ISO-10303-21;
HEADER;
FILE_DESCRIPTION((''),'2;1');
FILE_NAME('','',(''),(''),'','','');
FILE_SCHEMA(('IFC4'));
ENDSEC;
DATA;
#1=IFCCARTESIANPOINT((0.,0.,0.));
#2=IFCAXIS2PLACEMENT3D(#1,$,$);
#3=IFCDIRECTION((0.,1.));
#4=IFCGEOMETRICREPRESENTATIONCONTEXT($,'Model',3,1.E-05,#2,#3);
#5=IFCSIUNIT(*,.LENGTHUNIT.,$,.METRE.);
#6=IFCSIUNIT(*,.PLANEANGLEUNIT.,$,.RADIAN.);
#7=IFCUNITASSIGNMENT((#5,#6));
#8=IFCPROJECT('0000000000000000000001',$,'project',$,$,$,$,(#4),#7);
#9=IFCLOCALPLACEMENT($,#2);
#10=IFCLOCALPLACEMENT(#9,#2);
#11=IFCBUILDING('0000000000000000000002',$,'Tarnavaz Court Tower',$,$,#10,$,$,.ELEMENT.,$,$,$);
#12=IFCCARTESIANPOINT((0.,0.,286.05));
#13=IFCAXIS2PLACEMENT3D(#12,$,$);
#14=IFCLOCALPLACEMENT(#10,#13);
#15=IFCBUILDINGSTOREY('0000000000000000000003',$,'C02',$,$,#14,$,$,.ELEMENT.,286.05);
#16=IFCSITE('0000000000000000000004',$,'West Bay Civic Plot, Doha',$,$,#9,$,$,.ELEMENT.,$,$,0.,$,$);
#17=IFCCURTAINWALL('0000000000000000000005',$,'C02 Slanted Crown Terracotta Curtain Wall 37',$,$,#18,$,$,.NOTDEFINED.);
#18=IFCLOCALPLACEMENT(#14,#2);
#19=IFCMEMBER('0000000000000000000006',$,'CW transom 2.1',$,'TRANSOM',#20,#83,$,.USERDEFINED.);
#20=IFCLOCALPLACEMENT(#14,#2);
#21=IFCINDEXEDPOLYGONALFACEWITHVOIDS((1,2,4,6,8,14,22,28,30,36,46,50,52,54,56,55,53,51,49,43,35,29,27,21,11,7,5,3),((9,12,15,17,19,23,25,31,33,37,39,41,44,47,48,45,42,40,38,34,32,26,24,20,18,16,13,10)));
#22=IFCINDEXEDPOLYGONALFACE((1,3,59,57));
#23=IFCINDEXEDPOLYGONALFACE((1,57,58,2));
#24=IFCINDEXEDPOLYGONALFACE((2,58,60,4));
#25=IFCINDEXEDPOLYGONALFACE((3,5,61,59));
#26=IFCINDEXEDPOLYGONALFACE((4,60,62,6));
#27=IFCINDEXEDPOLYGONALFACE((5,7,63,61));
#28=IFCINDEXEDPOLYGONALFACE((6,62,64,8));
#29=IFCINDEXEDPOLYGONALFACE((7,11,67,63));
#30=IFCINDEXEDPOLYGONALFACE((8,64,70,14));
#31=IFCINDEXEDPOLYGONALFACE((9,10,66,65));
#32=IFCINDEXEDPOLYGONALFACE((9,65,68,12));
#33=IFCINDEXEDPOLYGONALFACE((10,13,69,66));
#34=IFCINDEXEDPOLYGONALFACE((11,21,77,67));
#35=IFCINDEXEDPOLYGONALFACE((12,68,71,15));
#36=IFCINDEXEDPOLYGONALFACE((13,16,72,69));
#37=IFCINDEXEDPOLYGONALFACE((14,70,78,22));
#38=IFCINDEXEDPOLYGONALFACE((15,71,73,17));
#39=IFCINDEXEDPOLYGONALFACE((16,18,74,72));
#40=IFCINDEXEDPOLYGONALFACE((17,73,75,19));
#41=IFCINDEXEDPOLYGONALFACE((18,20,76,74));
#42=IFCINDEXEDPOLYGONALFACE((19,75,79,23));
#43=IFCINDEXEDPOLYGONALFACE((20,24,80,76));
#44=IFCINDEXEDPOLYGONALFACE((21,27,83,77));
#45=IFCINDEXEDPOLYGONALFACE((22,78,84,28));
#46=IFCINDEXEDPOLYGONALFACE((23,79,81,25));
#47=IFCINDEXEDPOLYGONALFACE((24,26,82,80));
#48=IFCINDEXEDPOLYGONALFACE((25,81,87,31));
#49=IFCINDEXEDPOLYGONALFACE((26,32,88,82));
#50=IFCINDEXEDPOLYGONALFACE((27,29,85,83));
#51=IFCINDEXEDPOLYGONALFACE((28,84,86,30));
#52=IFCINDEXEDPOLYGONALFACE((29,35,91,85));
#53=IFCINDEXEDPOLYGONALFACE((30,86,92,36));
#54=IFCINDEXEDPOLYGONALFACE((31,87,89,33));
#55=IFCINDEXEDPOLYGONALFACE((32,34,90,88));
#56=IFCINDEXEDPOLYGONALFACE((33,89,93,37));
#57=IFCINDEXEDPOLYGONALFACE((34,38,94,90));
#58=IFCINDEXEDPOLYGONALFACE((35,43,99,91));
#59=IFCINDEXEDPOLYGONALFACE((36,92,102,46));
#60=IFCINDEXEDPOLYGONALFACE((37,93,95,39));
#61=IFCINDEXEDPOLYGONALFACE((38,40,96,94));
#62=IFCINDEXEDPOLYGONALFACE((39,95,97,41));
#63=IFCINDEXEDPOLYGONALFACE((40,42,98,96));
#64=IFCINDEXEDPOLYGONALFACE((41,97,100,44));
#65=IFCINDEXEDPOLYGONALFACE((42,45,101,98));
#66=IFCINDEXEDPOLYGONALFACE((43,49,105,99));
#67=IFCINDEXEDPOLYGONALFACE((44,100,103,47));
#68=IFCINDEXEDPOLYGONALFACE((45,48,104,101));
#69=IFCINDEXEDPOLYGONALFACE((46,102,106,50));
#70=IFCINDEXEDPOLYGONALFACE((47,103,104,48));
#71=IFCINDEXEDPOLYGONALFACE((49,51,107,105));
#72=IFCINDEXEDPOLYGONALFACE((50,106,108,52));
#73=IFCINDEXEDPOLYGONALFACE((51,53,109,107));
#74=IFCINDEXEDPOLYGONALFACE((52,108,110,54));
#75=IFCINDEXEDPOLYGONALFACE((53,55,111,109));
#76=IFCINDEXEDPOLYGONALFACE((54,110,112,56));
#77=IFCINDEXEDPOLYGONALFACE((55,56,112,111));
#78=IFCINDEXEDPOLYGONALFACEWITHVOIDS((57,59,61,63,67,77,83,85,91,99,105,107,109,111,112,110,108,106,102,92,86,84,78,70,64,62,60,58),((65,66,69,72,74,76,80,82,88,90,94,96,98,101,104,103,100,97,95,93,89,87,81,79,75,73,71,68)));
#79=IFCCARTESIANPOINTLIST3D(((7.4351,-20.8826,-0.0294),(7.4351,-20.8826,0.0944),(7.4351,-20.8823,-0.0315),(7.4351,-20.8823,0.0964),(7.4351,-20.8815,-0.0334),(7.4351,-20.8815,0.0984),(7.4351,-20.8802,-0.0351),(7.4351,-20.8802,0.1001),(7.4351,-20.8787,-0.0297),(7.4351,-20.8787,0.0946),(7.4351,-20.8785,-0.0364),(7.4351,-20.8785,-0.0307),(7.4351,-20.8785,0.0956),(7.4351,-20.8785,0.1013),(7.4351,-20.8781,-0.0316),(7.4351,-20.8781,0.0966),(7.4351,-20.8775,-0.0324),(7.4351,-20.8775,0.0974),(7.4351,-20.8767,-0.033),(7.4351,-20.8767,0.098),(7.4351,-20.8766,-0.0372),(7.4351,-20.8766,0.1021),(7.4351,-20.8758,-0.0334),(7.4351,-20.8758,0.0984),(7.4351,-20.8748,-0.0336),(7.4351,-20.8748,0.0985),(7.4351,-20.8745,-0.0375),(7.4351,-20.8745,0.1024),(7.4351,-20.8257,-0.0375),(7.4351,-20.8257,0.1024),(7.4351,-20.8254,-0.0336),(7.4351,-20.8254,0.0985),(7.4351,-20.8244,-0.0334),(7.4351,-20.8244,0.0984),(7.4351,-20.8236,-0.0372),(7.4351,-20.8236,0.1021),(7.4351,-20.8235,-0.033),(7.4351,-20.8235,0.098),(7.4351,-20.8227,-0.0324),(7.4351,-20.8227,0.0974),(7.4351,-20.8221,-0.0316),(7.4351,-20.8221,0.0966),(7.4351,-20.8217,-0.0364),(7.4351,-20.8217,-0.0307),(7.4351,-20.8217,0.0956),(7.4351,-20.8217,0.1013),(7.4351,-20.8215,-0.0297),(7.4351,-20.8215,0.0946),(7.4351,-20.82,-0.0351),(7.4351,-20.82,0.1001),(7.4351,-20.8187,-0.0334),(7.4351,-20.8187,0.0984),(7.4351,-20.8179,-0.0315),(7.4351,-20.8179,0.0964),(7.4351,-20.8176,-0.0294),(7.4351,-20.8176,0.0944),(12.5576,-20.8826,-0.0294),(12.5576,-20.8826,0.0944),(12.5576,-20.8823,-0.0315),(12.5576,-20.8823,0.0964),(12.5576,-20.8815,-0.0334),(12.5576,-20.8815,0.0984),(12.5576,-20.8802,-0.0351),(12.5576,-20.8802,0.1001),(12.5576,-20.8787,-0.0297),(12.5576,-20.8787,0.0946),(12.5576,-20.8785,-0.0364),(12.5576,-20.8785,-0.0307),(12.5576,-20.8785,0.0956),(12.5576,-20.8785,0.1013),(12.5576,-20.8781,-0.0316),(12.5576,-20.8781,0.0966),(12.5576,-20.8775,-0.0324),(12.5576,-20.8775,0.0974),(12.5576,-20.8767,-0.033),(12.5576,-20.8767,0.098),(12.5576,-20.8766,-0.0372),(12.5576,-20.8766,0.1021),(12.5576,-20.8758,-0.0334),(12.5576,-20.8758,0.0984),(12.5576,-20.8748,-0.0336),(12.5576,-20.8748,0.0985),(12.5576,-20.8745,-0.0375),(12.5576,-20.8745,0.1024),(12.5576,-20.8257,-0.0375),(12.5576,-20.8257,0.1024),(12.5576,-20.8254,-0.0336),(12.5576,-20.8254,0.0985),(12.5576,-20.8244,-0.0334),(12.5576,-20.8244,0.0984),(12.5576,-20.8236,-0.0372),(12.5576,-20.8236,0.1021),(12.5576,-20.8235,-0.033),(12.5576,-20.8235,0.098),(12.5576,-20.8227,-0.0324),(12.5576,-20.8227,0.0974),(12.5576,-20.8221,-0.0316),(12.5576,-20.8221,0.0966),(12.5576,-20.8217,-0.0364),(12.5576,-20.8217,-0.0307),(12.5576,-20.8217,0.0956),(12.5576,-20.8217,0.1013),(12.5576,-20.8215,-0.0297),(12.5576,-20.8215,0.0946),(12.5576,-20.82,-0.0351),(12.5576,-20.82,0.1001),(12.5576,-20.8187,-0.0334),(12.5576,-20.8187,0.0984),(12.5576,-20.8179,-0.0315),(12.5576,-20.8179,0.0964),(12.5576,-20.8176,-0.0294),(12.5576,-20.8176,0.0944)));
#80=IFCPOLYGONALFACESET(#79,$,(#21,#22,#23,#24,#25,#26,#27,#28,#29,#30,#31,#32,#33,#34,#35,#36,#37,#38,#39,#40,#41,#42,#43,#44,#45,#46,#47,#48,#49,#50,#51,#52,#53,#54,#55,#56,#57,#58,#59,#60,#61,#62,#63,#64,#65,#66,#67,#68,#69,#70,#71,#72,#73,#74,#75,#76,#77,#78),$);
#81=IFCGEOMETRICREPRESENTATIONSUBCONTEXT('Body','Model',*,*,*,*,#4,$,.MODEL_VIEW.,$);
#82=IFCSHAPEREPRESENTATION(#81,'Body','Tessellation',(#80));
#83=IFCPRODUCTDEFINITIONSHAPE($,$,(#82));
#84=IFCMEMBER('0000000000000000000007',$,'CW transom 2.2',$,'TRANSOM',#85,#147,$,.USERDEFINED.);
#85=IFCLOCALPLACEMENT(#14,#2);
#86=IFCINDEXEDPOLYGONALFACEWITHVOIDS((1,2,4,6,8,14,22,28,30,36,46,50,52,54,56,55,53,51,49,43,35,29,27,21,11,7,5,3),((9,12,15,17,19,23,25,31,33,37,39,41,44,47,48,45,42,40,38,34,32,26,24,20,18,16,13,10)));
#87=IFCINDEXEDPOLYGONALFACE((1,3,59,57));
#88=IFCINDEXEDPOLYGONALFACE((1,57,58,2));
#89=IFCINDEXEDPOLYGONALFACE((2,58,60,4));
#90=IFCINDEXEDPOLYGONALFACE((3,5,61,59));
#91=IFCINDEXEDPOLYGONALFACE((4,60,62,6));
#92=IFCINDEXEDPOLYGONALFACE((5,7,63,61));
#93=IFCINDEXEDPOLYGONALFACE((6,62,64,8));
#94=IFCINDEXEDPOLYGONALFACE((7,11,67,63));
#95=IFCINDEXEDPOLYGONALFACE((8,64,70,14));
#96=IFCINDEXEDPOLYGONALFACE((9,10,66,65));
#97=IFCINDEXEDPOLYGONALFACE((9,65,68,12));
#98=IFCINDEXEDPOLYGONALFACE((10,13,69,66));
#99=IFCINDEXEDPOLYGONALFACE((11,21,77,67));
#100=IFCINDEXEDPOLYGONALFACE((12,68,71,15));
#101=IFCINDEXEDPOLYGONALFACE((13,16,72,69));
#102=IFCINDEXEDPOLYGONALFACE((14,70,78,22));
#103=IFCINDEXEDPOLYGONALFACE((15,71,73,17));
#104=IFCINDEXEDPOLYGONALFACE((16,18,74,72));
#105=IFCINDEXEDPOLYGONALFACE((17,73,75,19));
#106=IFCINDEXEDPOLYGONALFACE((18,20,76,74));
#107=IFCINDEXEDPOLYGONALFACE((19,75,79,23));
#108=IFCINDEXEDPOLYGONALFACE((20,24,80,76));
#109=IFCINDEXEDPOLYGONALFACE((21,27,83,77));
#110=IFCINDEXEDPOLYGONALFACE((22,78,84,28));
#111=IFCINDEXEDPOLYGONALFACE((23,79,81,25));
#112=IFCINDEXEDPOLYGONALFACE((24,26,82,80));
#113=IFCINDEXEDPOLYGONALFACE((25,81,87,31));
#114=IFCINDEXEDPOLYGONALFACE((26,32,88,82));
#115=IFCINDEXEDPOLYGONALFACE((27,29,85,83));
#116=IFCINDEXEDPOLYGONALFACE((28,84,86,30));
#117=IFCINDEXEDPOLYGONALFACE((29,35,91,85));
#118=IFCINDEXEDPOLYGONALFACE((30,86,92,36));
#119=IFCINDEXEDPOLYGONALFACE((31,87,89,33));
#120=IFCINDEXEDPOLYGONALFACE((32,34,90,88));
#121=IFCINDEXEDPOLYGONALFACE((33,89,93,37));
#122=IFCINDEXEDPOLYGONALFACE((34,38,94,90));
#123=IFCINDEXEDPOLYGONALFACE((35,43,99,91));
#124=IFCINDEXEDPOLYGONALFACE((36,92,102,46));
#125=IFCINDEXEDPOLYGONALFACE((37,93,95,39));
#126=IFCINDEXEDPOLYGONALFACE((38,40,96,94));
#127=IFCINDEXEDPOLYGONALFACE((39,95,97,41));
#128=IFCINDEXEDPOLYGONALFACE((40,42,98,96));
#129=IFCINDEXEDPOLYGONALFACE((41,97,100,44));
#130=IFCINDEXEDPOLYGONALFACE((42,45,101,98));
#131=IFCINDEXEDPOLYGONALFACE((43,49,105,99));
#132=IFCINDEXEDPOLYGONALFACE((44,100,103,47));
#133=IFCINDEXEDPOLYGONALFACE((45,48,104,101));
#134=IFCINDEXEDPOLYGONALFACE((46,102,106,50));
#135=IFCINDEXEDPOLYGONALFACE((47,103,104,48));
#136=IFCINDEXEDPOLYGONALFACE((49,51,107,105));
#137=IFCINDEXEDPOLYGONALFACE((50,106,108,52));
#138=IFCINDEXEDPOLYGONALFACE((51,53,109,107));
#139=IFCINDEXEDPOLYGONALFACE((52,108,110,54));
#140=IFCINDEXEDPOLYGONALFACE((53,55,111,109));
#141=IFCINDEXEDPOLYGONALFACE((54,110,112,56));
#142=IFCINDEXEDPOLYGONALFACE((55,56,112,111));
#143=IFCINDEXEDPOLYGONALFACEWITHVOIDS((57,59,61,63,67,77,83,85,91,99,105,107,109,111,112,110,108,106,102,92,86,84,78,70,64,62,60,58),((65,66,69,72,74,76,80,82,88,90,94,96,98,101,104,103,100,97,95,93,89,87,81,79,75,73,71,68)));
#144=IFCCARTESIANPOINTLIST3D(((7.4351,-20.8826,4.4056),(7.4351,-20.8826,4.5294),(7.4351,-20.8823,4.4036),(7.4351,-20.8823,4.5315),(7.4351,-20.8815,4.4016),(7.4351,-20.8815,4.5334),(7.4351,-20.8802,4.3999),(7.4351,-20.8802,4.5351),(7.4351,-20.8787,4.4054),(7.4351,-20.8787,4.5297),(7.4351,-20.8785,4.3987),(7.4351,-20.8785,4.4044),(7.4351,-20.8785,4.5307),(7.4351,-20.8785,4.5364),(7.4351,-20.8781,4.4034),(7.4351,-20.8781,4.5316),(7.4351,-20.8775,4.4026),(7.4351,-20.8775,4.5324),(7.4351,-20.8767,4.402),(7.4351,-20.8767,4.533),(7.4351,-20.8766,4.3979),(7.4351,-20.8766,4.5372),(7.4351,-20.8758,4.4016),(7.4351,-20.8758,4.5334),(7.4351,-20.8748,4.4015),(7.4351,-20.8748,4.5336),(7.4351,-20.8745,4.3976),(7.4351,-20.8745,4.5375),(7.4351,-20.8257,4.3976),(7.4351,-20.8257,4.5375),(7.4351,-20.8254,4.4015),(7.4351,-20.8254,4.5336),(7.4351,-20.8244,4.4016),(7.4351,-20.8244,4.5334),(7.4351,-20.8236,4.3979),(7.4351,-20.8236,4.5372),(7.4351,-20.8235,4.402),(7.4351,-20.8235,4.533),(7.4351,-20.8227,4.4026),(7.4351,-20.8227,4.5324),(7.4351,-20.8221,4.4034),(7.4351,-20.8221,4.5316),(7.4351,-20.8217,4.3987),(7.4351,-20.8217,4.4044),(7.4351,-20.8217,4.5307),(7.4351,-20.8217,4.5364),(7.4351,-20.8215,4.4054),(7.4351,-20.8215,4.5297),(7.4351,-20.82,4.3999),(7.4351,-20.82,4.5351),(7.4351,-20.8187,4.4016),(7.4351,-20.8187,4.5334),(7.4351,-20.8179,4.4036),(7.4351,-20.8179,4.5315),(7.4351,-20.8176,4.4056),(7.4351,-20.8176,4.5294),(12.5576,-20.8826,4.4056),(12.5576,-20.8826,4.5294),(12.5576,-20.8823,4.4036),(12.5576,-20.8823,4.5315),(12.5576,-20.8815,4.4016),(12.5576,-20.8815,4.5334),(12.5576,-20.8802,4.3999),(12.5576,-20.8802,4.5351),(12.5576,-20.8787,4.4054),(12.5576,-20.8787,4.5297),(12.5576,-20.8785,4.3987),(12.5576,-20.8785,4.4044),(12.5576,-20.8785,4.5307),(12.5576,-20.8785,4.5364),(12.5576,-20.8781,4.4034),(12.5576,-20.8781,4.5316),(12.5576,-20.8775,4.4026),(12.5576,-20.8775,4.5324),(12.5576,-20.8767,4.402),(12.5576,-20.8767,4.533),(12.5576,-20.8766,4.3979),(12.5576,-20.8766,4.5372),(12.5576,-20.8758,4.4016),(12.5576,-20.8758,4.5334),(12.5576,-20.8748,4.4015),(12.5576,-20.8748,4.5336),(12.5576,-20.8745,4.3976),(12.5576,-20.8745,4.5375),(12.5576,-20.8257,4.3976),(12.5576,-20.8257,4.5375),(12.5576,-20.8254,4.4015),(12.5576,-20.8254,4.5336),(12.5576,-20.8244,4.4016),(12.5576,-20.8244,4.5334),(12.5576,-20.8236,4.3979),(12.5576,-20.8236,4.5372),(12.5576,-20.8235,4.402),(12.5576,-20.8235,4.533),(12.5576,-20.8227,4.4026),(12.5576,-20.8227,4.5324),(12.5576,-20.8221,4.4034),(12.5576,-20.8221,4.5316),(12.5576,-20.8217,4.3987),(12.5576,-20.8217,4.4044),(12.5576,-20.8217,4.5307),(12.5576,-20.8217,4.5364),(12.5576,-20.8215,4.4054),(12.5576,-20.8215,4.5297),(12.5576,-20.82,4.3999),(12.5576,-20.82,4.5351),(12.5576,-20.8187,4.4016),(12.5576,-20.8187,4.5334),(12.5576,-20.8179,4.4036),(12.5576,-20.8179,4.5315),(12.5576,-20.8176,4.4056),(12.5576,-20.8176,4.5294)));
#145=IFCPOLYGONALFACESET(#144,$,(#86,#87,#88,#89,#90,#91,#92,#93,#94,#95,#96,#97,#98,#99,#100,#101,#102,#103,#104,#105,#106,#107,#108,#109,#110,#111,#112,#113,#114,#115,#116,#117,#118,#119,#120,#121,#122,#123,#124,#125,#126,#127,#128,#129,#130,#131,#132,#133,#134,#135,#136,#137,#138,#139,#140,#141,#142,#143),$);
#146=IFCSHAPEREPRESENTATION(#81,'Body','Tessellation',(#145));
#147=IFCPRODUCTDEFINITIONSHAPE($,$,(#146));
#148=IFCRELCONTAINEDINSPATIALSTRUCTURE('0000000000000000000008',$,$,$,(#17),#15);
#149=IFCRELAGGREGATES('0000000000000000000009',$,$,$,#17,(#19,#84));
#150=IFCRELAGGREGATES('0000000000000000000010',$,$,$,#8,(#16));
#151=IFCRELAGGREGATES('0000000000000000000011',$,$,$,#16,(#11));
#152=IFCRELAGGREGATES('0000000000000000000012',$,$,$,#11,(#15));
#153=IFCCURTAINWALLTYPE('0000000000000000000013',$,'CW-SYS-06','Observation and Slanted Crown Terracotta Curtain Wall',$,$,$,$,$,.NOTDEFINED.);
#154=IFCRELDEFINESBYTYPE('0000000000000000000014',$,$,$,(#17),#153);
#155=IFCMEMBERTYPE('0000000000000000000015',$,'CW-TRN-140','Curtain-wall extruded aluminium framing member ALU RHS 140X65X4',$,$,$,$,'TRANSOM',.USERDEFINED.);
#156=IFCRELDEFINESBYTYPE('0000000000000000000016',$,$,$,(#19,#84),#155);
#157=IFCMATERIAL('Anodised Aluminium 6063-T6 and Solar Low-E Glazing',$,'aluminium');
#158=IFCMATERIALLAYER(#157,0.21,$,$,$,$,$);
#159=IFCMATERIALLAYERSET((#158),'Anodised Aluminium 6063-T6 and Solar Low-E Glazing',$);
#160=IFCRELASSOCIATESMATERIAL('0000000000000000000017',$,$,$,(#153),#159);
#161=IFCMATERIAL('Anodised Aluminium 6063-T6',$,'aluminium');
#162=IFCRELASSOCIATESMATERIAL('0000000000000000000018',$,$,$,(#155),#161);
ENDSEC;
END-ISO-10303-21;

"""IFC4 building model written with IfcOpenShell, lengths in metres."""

from ifc_helpers import new_model, si_unit, direction, frame, origin, origin_2d, place, context, subcontext, project, spatial, hollow_rectangle, extrude, material, layer, layer_set, material_profile, profile_set, type_object, element, aggregate, save


model = new_model("IFC4")

# Units and contexts
model_context = context("Model", 3, precision=1e-05, world=origin(), true_north=direction((0.0, 1.0)))
body_context = subcontext(model_context, "Body", "Model", "MODEL_VIEW")
ifc_project = project(units=[si_unit("LENGTHUNIT", "METRE"), si_unit("PLANEANGLEUNIT", "RADIAN")], contexts=[model_context])

# Site, building, storey
site_placement = place(None, origin())
site = spatial("IfcSite", under=ifc_project, at=site_placement, Name="West Bay Civic Plot, Doha", CompositionType="ELEMENT", RefElevation=0.0)
building_placement = place(site_placement, origin())
building = spatial("IfcBuilding", under=site, at=building_placement, Name="Tarnavaz Court Tower", CompositionType="ELEMENT")
storey_placement = place(building_placement, frame((0.0, 0.0, 286.05)))
storey = spatial("IfcBuildingStorey", under=building, at=storey_placement, Name="C02", CompositionType="ELEMENT", Elevation=286.05)

# Shared definitions
ifc_material_1 = material(Name="Anodised Aluminium 6063-T6 and Solar Low-E Glazing", Category="aluminium")
ifc_layer_1 = layer(ifc_material_1, 0.21)
ifc_layer_set_1 = layer_set([ifc_layer_1], Name="Anodised Aluminium 6063-T6 and Solar Low-E Glazing")
curtain_wall_type = type_object("IfcCurtainWallType", Name="CW-SYS-06", Description="Observation and Slanted Crown Terracotta Curtain Wall", PredefinedType="NOTDEFINED", material=ifc_layer_set_1)
ifc_material_2 = material(Name="Anodised Aluminium 6063-T6", Category="aluminium")

# Curtain wall
curtain_wall_1_placement = place(storey_placement, origin())
curtain_wall_1 = element("IfcCurtainWall", 1, at=curtain_wall_1_placement, inside=storey, type_object=curtain_wall_type, Name="C02 Slanted Crown Terracotta Curtain Wall 37", PredefinedType="NOTDEFINED")

# Members
ifc_material_profile_1 = material_profile(ifc_material_2, hollow_rectangle(XDim=0.0649, YDim=0.1399, WallThickness=0.0039, InnerFilletRadius=0.0039, OuterFilletRadius=0.0081, at=origin_2d()), Name="ALU RHS 140X65X4")
ifc_profile_set_1 = profile_set([ifc_material_profile_1], Name="Anodised Aluminium 6063-T6")
member_type_1 = type_object("IfcMemberType", Name="CW-TRN-140", Description="Curtain-wall extruded aluminium framing member ALU RHS 140X65X4", ElementType="TRANSOM", PredefinedType="USERDEFINED", material=ifc_profile_set_1)
member_1_placement = place(storey_placement, frame((12.5576, -20.8501, 0.0325), z_axis=(-1.0, 0.0, 0.0), x_axis=(0.0, -1.0, 0.0)))
member_1 = element("IfcMember", 2, at=member_1_placement, type_object=member_type_1, Name="CW transom 2.1", ObjectType="TRANSOM", PredefinedType="USERDEFINED", context=body_context, shape_type="SweptSolid", body=[
    extrude(hollow_rectangle(XDim=0.0649, YDim=0.1399, WallThickness=0.0039, InnerFilletRadius=0.0039, OuterFilletRadius=0.0081, at=origin_2d()), origin(), (0.0, 0.0, 1.0), 5.1226),
])
member_2_placement = place(storey_placement, frame((12.5576, -20.8501, 4.4675), z_axis=(-1.0, 0.0, 0.0), x_axis=(0.0, -1.0, 0.0)))
member_2 = element("IfcMember", 3, at=member_2_placement, type_object=member_type_1, Name="CW transom 2.2", ObjectType="TRANSOM", PredefinedType="USERDEFINED", context=body_context, shape_type="SweptSolid", body=[
    extrude(hollow_rectangle(XDim=0.0649, YDim=0.1399, WallThickness=0.0039, InnerFilletRadius=0.0039, OuterFilletRadius=0.0081, at=origin_2d()), origin(), (0.0, 0.0, 1.0), 5.1226),
])

aggregate(curtain_wall_1, [member_1, member_2])

save(model, "model.ifc")
